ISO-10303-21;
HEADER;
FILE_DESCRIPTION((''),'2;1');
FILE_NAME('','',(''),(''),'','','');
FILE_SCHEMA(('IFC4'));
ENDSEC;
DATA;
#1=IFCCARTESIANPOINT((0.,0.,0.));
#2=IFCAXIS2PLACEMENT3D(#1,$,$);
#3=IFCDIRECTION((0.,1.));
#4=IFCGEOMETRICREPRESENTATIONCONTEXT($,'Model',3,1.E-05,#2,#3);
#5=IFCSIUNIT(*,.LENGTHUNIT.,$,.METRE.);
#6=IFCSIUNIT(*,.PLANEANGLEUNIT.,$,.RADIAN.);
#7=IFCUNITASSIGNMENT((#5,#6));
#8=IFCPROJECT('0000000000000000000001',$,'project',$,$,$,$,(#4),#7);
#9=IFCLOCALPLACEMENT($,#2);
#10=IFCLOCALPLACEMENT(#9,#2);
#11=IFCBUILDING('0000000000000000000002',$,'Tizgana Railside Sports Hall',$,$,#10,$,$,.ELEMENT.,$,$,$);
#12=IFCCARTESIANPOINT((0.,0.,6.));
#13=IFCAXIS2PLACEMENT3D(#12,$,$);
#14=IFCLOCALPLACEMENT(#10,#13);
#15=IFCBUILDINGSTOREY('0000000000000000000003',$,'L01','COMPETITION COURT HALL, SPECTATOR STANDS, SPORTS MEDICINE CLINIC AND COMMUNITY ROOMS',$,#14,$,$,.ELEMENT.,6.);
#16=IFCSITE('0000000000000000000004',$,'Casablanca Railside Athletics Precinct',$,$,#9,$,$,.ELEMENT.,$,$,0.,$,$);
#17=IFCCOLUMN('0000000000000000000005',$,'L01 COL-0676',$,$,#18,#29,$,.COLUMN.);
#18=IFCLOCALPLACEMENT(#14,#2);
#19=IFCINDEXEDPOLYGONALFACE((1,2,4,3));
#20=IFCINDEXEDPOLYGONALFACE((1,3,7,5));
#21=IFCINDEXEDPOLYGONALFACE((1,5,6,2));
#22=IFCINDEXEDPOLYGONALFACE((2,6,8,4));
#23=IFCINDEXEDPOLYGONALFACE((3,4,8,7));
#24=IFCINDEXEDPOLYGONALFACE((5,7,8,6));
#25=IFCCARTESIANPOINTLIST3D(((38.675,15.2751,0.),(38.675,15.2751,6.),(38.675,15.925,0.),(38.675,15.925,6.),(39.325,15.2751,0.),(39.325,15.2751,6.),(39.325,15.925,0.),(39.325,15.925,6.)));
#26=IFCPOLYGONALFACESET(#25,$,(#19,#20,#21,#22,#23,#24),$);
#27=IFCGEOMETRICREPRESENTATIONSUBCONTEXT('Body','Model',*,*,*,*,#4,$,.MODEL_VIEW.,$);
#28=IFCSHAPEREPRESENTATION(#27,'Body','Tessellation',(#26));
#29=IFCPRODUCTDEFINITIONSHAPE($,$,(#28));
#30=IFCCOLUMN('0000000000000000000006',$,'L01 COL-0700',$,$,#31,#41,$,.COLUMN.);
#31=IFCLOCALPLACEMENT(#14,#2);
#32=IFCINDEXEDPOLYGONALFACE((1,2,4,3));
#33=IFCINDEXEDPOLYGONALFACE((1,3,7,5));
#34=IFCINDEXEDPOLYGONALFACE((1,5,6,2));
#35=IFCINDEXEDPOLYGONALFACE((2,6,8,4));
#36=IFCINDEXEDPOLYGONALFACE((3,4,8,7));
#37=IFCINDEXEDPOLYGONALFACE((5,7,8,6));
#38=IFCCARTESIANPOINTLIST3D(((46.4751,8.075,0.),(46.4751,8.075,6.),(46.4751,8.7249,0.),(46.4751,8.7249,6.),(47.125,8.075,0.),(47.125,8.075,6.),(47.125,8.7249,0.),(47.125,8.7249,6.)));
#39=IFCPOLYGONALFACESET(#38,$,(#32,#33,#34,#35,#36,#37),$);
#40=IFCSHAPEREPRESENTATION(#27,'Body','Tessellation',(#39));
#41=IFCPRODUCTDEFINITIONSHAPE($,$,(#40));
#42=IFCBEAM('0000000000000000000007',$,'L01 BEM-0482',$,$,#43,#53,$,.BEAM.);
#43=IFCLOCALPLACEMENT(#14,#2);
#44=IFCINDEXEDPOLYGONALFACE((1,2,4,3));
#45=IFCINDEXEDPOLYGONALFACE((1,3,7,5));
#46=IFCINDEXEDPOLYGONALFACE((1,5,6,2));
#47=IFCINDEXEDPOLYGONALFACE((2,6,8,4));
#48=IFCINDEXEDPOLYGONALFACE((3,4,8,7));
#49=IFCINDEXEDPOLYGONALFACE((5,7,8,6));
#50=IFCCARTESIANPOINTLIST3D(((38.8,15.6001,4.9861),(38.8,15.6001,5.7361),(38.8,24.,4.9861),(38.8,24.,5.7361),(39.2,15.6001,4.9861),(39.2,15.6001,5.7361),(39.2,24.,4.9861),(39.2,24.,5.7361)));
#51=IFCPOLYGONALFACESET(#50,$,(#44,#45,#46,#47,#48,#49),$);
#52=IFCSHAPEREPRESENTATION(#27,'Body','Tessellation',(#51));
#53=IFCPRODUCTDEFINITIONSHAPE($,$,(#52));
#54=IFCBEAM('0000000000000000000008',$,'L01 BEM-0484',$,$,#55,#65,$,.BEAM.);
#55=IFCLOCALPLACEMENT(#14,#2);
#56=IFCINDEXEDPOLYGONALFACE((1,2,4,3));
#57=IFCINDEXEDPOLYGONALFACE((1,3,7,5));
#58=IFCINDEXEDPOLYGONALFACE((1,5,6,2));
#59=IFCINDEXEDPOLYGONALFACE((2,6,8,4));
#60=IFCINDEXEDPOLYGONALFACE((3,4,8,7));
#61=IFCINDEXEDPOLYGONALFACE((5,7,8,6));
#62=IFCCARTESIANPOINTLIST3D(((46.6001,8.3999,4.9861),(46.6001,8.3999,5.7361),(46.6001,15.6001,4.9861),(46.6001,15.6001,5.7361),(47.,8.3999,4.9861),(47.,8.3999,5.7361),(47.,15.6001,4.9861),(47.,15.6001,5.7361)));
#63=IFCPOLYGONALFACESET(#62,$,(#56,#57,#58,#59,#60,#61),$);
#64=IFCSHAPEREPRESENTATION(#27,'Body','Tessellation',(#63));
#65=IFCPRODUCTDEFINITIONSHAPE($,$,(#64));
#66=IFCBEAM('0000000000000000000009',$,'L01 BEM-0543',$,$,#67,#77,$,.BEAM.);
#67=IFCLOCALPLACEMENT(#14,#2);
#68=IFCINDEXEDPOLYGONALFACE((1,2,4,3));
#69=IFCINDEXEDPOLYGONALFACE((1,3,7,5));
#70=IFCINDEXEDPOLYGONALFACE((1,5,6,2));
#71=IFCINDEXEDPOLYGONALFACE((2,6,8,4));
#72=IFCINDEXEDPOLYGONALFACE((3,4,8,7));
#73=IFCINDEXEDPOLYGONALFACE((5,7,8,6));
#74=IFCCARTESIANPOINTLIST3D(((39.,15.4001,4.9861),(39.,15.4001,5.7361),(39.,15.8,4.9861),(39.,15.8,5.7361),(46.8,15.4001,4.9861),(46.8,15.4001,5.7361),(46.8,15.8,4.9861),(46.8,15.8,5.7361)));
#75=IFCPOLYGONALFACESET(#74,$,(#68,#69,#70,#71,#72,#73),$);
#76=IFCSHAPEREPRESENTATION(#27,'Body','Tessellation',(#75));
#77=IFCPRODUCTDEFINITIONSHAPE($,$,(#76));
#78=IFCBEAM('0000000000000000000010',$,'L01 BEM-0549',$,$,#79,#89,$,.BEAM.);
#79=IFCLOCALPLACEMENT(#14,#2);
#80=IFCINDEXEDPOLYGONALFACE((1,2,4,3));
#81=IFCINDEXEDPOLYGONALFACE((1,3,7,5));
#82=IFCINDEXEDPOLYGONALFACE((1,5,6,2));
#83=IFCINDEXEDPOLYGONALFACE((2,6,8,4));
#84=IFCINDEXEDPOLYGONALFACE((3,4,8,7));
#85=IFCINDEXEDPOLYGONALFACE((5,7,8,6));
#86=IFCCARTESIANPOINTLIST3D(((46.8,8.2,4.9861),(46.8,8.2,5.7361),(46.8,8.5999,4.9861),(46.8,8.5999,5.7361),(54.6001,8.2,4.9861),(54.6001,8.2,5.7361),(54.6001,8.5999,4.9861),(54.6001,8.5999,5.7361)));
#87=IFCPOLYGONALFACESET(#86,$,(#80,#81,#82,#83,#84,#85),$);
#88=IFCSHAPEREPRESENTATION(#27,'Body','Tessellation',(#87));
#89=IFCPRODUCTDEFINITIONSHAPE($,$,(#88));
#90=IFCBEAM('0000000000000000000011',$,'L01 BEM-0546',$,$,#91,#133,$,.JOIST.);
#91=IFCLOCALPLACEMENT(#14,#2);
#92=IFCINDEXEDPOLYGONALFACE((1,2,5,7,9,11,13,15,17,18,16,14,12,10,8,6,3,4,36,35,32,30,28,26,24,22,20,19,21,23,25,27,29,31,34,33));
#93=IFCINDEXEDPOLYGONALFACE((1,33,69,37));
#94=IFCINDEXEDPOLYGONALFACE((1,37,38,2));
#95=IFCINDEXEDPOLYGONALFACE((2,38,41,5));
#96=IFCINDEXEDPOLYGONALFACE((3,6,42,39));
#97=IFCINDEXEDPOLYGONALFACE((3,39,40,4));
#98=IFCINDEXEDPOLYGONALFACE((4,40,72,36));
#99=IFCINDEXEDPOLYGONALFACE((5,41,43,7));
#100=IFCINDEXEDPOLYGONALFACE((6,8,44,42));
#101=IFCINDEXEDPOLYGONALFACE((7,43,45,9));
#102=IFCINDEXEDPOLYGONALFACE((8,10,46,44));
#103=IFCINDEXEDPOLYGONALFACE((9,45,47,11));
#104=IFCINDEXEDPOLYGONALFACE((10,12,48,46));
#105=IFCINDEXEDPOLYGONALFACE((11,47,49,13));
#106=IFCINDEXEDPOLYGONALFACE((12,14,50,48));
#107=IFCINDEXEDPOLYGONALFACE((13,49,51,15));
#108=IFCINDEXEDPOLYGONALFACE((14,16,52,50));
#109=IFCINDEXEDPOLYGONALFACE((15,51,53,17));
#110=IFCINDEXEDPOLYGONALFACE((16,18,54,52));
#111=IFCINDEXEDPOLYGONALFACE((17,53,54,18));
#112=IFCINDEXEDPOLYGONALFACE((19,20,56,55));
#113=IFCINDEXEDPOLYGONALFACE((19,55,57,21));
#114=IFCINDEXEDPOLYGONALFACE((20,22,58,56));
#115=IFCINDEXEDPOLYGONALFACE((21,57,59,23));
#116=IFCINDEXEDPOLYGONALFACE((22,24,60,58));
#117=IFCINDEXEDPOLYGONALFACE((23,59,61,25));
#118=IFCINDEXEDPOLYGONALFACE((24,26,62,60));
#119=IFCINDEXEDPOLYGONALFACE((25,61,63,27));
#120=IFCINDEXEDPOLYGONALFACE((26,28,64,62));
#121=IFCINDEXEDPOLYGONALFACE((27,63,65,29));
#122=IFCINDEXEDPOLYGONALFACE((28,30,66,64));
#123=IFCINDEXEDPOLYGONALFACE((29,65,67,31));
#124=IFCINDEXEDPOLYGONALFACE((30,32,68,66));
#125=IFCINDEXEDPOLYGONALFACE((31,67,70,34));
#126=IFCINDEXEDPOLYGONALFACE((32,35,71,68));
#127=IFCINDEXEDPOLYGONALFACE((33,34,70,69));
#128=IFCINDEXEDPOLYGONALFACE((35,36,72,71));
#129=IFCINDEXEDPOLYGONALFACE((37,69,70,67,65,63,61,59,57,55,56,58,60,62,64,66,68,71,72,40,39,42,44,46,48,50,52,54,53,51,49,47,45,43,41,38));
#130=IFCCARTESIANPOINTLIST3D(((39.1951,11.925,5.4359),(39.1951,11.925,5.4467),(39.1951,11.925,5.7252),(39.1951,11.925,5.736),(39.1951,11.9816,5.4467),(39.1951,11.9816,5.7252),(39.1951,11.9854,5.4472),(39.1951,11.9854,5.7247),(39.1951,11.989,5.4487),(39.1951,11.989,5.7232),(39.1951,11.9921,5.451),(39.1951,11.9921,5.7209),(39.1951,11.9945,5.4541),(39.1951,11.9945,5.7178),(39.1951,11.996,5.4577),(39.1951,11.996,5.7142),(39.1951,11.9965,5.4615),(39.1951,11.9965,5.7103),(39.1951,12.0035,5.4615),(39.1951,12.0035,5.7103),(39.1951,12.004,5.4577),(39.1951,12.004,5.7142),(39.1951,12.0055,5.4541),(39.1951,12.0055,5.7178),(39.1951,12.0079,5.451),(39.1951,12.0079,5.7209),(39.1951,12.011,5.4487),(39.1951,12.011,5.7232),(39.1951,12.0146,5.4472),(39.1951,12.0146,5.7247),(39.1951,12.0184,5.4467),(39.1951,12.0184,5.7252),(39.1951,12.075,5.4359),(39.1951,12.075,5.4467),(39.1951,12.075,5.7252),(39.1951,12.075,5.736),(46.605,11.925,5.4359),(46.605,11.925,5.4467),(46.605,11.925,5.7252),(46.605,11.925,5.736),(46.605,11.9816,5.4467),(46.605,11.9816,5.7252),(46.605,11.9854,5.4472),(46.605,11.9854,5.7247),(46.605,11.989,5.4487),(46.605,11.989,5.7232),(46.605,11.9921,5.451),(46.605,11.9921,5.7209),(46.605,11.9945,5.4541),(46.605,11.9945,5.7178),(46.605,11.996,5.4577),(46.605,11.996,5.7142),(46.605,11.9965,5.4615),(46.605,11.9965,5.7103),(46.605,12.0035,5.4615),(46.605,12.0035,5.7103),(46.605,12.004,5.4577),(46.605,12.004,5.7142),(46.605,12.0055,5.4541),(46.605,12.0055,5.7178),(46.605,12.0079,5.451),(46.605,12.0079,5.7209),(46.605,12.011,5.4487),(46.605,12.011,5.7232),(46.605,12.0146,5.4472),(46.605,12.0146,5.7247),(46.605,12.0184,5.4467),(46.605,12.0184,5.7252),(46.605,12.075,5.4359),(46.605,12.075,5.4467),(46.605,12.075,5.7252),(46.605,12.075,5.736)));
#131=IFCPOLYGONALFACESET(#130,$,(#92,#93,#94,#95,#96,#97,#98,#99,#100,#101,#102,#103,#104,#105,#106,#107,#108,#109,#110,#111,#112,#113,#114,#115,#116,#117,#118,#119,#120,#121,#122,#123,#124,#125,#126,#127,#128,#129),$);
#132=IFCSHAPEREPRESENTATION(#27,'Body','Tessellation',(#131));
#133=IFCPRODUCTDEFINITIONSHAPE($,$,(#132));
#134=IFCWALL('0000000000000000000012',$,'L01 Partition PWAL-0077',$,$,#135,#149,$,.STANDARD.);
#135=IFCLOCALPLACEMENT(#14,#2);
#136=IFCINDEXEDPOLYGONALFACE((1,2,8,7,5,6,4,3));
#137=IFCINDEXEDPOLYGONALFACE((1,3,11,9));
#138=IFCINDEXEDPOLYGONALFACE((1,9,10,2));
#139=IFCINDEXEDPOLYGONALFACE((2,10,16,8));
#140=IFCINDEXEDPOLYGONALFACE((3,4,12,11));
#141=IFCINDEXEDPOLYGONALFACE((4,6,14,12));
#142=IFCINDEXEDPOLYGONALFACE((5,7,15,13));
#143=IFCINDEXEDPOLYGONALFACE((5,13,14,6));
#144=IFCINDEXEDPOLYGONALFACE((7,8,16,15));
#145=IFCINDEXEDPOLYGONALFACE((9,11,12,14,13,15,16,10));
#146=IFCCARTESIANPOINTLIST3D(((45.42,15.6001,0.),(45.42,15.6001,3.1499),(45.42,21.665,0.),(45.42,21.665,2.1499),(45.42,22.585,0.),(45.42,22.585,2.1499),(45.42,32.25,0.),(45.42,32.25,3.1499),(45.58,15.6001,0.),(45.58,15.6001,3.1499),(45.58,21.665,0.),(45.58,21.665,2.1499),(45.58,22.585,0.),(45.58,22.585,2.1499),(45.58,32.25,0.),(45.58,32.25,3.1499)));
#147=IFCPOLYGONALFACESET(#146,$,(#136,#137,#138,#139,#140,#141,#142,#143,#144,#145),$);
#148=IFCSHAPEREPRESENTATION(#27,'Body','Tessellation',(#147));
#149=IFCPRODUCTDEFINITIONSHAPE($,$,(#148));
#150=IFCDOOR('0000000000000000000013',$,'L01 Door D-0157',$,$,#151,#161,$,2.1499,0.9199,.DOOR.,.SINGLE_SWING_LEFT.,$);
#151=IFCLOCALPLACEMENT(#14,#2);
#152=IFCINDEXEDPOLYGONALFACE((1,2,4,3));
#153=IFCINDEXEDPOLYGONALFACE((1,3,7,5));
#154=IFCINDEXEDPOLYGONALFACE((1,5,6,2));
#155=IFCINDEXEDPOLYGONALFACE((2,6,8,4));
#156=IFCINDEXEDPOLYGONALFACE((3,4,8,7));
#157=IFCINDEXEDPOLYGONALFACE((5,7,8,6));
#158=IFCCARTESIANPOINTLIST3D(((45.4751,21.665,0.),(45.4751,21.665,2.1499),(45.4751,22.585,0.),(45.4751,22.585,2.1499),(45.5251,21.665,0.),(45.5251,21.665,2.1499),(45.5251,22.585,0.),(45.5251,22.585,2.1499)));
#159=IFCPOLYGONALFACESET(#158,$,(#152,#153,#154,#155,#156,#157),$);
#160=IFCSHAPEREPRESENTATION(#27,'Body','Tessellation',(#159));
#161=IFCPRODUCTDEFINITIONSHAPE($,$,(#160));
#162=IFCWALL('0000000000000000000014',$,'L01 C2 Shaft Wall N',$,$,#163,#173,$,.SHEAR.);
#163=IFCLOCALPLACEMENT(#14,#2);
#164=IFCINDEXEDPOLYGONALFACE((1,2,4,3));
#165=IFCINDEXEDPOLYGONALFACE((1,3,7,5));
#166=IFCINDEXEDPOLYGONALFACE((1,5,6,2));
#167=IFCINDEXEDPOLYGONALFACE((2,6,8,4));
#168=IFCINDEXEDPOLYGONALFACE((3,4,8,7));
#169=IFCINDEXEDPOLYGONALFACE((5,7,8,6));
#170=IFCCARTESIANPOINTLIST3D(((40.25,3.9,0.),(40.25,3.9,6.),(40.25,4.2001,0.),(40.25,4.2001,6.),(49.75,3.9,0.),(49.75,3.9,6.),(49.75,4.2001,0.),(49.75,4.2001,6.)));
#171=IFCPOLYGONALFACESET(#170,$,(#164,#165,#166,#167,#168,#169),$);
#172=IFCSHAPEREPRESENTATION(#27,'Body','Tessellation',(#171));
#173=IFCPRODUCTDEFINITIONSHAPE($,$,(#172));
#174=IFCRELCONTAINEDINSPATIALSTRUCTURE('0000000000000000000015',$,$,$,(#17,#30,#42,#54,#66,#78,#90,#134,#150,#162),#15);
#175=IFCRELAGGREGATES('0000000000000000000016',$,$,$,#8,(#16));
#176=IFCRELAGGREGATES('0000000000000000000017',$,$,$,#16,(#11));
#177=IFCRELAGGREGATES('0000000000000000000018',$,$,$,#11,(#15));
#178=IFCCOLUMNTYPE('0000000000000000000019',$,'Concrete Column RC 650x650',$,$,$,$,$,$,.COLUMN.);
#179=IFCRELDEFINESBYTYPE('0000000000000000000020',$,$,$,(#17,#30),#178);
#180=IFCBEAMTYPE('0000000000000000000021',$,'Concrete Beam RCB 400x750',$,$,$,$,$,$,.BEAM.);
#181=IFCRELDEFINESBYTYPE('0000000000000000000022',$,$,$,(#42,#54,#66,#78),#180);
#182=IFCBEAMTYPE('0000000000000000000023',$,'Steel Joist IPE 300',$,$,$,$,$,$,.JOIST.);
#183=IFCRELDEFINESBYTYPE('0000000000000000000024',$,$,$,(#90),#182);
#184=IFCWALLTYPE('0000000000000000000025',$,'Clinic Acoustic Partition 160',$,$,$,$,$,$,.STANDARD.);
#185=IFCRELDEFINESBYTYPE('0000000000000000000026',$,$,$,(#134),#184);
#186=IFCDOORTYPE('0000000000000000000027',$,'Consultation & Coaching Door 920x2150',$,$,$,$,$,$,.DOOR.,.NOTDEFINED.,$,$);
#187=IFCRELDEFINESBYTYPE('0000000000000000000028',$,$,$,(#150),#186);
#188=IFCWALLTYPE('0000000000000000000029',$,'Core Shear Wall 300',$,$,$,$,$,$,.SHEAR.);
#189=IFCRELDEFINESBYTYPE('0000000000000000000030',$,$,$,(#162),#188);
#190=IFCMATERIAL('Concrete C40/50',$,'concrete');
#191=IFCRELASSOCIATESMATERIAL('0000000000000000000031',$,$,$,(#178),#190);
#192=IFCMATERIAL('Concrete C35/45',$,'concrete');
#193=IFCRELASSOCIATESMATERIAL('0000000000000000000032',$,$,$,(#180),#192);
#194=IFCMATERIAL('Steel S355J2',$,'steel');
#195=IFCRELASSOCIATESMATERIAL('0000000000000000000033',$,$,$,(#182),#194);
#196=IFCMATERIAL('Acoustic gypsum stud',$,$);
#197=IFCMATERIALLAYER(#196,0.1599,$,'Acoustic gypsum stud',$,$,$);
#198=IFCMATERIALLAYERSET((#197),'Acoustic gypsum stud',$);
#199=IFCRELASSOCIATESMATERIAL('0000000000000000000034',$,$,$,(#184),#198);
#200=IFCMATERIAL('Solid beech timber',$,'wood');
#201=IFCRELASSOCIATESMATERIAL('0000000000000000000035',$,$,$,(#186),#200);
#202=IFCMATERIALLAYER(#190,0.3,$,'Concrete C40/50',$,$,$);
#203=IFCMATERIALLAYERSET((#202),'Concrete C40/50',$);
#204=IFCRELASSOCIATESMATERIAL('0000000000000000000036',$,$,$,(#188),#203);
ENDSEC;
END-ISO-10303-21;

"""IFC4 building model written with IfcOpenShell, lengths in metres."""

from ifc_helpers import new_model, si_unit, direction, frame, frame_2d, origin, origin_2d, place, context, subcontext, project, spatial, rectangle, i_section, extrude, material, layer, layer_set, material_profile, profile_set, type_object, element, fill, save


model = new_model("IFC4")

# Units and contexts
model_context = context("Model", 3, precision=1e-05, world=origin(), true_north=direction((0.0, 1.0)))
body_context = subcontext(model_context, "Body", "Model", "MODEL_VIEW")
ifc_project = project(units=[si_unit("LENGTHUNIT", "METRE"), si_unit("PLANEANGLEUNIT", "RADIAN")], contexts=[model_context])

# Site, building, storey
site_placement = place(None, origin())
site = spatial("IfcSite", under=ifc_project, at=site_placement, Name="Casablanca Railside Athletics Precinct", CompositionType="ELEMENT", RefElevation=0.0)
building_placement = place(site_placement, origin())
building = spatial("IfcBuilding", under=site, at=building_placement, Name="Tizgana Railside Sports Hall", CompositionType="ELEMENT")
storey_placement = place(building_placement, frame((0.0, 0.0, 6.0)))
storey = spatial("IfcBuildingStorey", under=building, at=storey_placement, Name="L01", Description="COMPETITION COURT HALL, SPECTATOR STANDS, SPORTS MEDICINE CLINIC AND COMMUNITY ROOMS", CompositionType="ELEMENT", Elevation=6.0)

# Columns
ifc_material_1 = material(Name="Concrete C40/50", Category="concrete")
ifc_material_profile_1 = material_profile(ifc_material_1, rectangle(XDim=0.6499, YDim=0.6499, at=origin_2d()), Name="RC 650x650")
ifc_profile_set_1 = profile_set([ifc_material_profile_1], Name="Concrete C40/50")
column_type = type_object("IfcColumnType", Name="Concrete Column RC 650x650", PredefinedType="COLUMN", material=ifc_profile_set_1)
for number, where, z_axis, x_axis, name in (
    (1, (39.0, 15.6001, 0.0), (0.0, 0.0, 1.0), (1.0, 0.0, 0.0), "L01 COL-0676"),
    (2, (46.8, 8.3999, 0.0), (0.0, 0.0, 1.0), (1.0, 0.0, 0.0), "L01 COL-0700"),
):
    element("IfcColumn", number, at=place(storey_placement, frame(where, z_axis=z_axis, x_axis=x_axis)), inside=storey, type_object=column_type, Name=name, PredefinedType="COLUMN", context=body_context, shape_type="SweptSolid", body=[
        extrude(rectangle(XDim=0.6499, YDim=0.6499, at=origin_2d()), origin(), (0.0, 0.0, 1.0), 6.0),
    ])

# Beams
ifc_material_2 = material(Name="Concrete C35/45", Category="concrete")
ifc_material_profile_2 = material_profile(ifc_material_2, rectangle(XDim=0.3999, YDim=0.75, at=origin_2d()), Name="RCB 400x750")
ifc_profile_set_2 = profile_set([ifc_material_profile_2], Name="Concrete C35/45")
beam_type_1 = type_object("IfcBeamType", Name="Concrete Beam RCB 400x750", PredefinedType="BEAM", material=ifc_profile_set_2)
beam_1_placement = place(storey_placement, frame((39.0, 15.6001, 5.3611), z_axis=(0.0, 1.0, 0.0), x_axis=(-1.0, 0.0, 0.0)))
element("IfcBeam", 3, at=beam_1_placement, inside=storey, type_object=beam_type_1, Name="L01 BEM-0482", PredefinedType="BEAM", context=body_context, shape_type="SweptSolid", body=[
    extrude(rectangle(XDim=0.3999, YDim=0.75, at=origin_2d()), origin(), (0.0, 0.0, 1.0), 8.3999),
])
beam_2_placement = place(storey_placement, frame((46.8, 8.3999, 5.3611), z_axis=(0.0, 1.0, 0.0), x_axis=(-1.0, 0.0, 0.0)))
element("IfcBeam", 4, at=beam_2_placement, inside=storey, type_object=beam_type_1, Name="L01 BEM-0484", PredefinedType="BEAM", context=body_context, shape_type="SweptSolid", body=[
    extrude(rectangle(XDim=0.3999, YDim=0.75, at=origin_2d()), origin(), (0.0, 0.0, 1.0), 7.2002),
])
for number, where, z_axis, x_axis, name in (
    (5, (39.0, 15.6001, 5.3611), (1.0, 0.0, 0.0), (0.0, 1.0, 0.0), "L01 BEM-0543"),
    (6, (46.8, 8.3999, 5.3611), (1.0, 0.0, 0.0), (0.0, 1.0, 0.0), "L01 BEM-0549"),
):
    element("IfcBeam", number, at=place(storey_placement, frame(where, z_axis=z_axis, x_axis=x_axis)), inside=storey, type_object=beam_type_1, Name=name, PredefinedType="BEAM", context=body_context, shape_type="SweptSolid", body=[
        extrude(rectangle(XDim=0.3999, YDim=0.75, at=origin_2d()), origin(), (0.0, 0.0, 1.0), 7.8),
    ])
ifc_material_3 = material(Name="Steel S355J2", Category="steel")
ifc_material_profile_3 = material_profile(ifc_material_3, i_section(OverallWidth=0.1499, OverallDepth=0.3, WebThickness=0.0071, FlangeThickness=0.0107, FilletRadius=0.0149, at=origin_2d()), Name="IPE 300")
ifc_profile_set_3 = profile_set([ifc_material_profile_3], Name="Steel S355J2")
beam_type_2 = type_object("IfcBeamType", Name="Steel Joist IPE 300", PredefinedType="JOIST", material=ifc_profile_set_3)
beam_3_placement = place(storey_placement, frame((39.1951, 12.0, 5.5859), z_axis=(1.0, 0.0, 0.0), x_axis=(0.0, 1.0, 0.0)))
element("IfcBeam", 7, at=beam_3_placement, inside=storey, type_object=beam_type_2, Name="L01 BEM-0546", PredefinedType="JOIST", context=body_context, shape_type="SweptSolid", body=[
    extrude(i_section(OverallWidth=0.1499, OverallDepth=0.3, WebThickness=0.0071, FlangeThickness=0.0107, FilletRadius=0.0149, at=origin_2d()), origin(), (0.0, 0.0, 1.0), 7.4099),
])

# Wall, opening, door
ifc_material_4 = material(Name="Acoustic gypsum stud")
ifc_layer_1 = layer(ifc_material_4, 0.1599, Name="Acoustic gypsum stud")
ifc_layer_set_1 = layer_set([ifc_layer_1], Name="Acoustic gypsum stud")
wall_type_1 = type_object("IfcWallType", Name="Clinic Acoustic Partition 160", PredefinedType="STANDARD", material=ifc_layer_set_1)
wall_1_placement = place(storey_placement, frame((45.5, 15.6001, 0.0), z_axis=(0.0, 0.0, 1.0), x_axis=(0.0, 1.0, 0.0)))
wall_1 = element("IfcWall", 8, at=wall_1_placement, inside=storey, type_object=wall_type_1, Name="L01 Partition PWAL-0077", PredefinedType="STANDARD", context=body_context, shape_type="SweptSolid", body=[
    extrude(rectangle(XDim=16.6499, YDim=0.1599, at=frame_2d((8.325, 0.0))), origin(), (0.0, 0.0, 1.0), 3.1499),
])
opening_1_placement = place(wall_1_placement, frame((6.0649, 0.0, 0.0)))
opening_1 = element("IfcOpeningElement", 9, at=opening_1_placement, cuts=wall_1, PredefinedType="OPENING", context=body_context, shape_type="SweptSolid", body=[
    extrude(rectangle(XDim=0.9199, YDim=2.1499, at=frame_2d((0.46, 1.075))), frame((0.0, 0.0898, 0.0), z_axis=(0.0, -1.0, 0.0), x_axis=(1.0, 0.0, 0.0)), (0.0, 0.0, 1.0), 0.1799),
])
ifc_material_5 = material(Name="Solid beech timber", Category="wood")
door_type_1 = type_object("IfcDoorType", Name="Consultation & Coaching Door 920x2150", OperationType="NOTDEFINED", PredefinedType="DOOR", material=ifc_material_5)
door_1_placement = place(opening_1_placement, origin())
door_1 = element("IfcDoor", 10, at=door_1_placement, inside=storey, type_object=door_type_1, Name="L01 Door D-0157", OperationType="SINGLE_SWING_LEFT", OverallHeight=2.1499, OverallWidth=0.9199, PredefinedType="DOOR", context=body_context, shape_type="SweptSolid", body=[
    extrude(rectangle(XDim=0.9199, YDim=2.1499, at=frame_2d((0.46, 1.075))), frame((0.0, 0.0249, 0.0), z_axis=(0.0, -1.0, 0.0), x_axis=(1.0, 0.0, 0.0)), (0.0, 0.0, 1.0), 0.05),
])
fill(opening_1, door_1)

# Wall
ifc_layer_2 = layer(ifc_material_1, 0.3, Name="Concrete C40/50")
ifc_layer_set_2 = layer_set([ifc_layer_2], Name="Concrete C40/50")
wall_type_2 = type_object("IfcWallType", Name="Core Shear Wall 300", PredefinedType="SHEAR", material=ifc_layer_set_2)
wall_2_placement = place(storey_placement, frame((40.25, 4.05, 0.0), z_axis=(0.0, 0.0, 1.0), x_axis=(1.0, 0.0, 0.0)))
element("IfcWall", 11, at=wall_2_placement, inside=storey, type_object=wall_type_2, Name="L01 C2 Shaft Wall N", PredefinedType="SHEAR", context=body_context, shape_type="SweptSolid", body=[
    extrude(rectangle(XDim=9.5, YDim=0.3, at=frame_2d((4.75, 0.0))), origin(), (0.0, 0.0, 1.0), 6.0),
])

save(model, "model.ifc")
